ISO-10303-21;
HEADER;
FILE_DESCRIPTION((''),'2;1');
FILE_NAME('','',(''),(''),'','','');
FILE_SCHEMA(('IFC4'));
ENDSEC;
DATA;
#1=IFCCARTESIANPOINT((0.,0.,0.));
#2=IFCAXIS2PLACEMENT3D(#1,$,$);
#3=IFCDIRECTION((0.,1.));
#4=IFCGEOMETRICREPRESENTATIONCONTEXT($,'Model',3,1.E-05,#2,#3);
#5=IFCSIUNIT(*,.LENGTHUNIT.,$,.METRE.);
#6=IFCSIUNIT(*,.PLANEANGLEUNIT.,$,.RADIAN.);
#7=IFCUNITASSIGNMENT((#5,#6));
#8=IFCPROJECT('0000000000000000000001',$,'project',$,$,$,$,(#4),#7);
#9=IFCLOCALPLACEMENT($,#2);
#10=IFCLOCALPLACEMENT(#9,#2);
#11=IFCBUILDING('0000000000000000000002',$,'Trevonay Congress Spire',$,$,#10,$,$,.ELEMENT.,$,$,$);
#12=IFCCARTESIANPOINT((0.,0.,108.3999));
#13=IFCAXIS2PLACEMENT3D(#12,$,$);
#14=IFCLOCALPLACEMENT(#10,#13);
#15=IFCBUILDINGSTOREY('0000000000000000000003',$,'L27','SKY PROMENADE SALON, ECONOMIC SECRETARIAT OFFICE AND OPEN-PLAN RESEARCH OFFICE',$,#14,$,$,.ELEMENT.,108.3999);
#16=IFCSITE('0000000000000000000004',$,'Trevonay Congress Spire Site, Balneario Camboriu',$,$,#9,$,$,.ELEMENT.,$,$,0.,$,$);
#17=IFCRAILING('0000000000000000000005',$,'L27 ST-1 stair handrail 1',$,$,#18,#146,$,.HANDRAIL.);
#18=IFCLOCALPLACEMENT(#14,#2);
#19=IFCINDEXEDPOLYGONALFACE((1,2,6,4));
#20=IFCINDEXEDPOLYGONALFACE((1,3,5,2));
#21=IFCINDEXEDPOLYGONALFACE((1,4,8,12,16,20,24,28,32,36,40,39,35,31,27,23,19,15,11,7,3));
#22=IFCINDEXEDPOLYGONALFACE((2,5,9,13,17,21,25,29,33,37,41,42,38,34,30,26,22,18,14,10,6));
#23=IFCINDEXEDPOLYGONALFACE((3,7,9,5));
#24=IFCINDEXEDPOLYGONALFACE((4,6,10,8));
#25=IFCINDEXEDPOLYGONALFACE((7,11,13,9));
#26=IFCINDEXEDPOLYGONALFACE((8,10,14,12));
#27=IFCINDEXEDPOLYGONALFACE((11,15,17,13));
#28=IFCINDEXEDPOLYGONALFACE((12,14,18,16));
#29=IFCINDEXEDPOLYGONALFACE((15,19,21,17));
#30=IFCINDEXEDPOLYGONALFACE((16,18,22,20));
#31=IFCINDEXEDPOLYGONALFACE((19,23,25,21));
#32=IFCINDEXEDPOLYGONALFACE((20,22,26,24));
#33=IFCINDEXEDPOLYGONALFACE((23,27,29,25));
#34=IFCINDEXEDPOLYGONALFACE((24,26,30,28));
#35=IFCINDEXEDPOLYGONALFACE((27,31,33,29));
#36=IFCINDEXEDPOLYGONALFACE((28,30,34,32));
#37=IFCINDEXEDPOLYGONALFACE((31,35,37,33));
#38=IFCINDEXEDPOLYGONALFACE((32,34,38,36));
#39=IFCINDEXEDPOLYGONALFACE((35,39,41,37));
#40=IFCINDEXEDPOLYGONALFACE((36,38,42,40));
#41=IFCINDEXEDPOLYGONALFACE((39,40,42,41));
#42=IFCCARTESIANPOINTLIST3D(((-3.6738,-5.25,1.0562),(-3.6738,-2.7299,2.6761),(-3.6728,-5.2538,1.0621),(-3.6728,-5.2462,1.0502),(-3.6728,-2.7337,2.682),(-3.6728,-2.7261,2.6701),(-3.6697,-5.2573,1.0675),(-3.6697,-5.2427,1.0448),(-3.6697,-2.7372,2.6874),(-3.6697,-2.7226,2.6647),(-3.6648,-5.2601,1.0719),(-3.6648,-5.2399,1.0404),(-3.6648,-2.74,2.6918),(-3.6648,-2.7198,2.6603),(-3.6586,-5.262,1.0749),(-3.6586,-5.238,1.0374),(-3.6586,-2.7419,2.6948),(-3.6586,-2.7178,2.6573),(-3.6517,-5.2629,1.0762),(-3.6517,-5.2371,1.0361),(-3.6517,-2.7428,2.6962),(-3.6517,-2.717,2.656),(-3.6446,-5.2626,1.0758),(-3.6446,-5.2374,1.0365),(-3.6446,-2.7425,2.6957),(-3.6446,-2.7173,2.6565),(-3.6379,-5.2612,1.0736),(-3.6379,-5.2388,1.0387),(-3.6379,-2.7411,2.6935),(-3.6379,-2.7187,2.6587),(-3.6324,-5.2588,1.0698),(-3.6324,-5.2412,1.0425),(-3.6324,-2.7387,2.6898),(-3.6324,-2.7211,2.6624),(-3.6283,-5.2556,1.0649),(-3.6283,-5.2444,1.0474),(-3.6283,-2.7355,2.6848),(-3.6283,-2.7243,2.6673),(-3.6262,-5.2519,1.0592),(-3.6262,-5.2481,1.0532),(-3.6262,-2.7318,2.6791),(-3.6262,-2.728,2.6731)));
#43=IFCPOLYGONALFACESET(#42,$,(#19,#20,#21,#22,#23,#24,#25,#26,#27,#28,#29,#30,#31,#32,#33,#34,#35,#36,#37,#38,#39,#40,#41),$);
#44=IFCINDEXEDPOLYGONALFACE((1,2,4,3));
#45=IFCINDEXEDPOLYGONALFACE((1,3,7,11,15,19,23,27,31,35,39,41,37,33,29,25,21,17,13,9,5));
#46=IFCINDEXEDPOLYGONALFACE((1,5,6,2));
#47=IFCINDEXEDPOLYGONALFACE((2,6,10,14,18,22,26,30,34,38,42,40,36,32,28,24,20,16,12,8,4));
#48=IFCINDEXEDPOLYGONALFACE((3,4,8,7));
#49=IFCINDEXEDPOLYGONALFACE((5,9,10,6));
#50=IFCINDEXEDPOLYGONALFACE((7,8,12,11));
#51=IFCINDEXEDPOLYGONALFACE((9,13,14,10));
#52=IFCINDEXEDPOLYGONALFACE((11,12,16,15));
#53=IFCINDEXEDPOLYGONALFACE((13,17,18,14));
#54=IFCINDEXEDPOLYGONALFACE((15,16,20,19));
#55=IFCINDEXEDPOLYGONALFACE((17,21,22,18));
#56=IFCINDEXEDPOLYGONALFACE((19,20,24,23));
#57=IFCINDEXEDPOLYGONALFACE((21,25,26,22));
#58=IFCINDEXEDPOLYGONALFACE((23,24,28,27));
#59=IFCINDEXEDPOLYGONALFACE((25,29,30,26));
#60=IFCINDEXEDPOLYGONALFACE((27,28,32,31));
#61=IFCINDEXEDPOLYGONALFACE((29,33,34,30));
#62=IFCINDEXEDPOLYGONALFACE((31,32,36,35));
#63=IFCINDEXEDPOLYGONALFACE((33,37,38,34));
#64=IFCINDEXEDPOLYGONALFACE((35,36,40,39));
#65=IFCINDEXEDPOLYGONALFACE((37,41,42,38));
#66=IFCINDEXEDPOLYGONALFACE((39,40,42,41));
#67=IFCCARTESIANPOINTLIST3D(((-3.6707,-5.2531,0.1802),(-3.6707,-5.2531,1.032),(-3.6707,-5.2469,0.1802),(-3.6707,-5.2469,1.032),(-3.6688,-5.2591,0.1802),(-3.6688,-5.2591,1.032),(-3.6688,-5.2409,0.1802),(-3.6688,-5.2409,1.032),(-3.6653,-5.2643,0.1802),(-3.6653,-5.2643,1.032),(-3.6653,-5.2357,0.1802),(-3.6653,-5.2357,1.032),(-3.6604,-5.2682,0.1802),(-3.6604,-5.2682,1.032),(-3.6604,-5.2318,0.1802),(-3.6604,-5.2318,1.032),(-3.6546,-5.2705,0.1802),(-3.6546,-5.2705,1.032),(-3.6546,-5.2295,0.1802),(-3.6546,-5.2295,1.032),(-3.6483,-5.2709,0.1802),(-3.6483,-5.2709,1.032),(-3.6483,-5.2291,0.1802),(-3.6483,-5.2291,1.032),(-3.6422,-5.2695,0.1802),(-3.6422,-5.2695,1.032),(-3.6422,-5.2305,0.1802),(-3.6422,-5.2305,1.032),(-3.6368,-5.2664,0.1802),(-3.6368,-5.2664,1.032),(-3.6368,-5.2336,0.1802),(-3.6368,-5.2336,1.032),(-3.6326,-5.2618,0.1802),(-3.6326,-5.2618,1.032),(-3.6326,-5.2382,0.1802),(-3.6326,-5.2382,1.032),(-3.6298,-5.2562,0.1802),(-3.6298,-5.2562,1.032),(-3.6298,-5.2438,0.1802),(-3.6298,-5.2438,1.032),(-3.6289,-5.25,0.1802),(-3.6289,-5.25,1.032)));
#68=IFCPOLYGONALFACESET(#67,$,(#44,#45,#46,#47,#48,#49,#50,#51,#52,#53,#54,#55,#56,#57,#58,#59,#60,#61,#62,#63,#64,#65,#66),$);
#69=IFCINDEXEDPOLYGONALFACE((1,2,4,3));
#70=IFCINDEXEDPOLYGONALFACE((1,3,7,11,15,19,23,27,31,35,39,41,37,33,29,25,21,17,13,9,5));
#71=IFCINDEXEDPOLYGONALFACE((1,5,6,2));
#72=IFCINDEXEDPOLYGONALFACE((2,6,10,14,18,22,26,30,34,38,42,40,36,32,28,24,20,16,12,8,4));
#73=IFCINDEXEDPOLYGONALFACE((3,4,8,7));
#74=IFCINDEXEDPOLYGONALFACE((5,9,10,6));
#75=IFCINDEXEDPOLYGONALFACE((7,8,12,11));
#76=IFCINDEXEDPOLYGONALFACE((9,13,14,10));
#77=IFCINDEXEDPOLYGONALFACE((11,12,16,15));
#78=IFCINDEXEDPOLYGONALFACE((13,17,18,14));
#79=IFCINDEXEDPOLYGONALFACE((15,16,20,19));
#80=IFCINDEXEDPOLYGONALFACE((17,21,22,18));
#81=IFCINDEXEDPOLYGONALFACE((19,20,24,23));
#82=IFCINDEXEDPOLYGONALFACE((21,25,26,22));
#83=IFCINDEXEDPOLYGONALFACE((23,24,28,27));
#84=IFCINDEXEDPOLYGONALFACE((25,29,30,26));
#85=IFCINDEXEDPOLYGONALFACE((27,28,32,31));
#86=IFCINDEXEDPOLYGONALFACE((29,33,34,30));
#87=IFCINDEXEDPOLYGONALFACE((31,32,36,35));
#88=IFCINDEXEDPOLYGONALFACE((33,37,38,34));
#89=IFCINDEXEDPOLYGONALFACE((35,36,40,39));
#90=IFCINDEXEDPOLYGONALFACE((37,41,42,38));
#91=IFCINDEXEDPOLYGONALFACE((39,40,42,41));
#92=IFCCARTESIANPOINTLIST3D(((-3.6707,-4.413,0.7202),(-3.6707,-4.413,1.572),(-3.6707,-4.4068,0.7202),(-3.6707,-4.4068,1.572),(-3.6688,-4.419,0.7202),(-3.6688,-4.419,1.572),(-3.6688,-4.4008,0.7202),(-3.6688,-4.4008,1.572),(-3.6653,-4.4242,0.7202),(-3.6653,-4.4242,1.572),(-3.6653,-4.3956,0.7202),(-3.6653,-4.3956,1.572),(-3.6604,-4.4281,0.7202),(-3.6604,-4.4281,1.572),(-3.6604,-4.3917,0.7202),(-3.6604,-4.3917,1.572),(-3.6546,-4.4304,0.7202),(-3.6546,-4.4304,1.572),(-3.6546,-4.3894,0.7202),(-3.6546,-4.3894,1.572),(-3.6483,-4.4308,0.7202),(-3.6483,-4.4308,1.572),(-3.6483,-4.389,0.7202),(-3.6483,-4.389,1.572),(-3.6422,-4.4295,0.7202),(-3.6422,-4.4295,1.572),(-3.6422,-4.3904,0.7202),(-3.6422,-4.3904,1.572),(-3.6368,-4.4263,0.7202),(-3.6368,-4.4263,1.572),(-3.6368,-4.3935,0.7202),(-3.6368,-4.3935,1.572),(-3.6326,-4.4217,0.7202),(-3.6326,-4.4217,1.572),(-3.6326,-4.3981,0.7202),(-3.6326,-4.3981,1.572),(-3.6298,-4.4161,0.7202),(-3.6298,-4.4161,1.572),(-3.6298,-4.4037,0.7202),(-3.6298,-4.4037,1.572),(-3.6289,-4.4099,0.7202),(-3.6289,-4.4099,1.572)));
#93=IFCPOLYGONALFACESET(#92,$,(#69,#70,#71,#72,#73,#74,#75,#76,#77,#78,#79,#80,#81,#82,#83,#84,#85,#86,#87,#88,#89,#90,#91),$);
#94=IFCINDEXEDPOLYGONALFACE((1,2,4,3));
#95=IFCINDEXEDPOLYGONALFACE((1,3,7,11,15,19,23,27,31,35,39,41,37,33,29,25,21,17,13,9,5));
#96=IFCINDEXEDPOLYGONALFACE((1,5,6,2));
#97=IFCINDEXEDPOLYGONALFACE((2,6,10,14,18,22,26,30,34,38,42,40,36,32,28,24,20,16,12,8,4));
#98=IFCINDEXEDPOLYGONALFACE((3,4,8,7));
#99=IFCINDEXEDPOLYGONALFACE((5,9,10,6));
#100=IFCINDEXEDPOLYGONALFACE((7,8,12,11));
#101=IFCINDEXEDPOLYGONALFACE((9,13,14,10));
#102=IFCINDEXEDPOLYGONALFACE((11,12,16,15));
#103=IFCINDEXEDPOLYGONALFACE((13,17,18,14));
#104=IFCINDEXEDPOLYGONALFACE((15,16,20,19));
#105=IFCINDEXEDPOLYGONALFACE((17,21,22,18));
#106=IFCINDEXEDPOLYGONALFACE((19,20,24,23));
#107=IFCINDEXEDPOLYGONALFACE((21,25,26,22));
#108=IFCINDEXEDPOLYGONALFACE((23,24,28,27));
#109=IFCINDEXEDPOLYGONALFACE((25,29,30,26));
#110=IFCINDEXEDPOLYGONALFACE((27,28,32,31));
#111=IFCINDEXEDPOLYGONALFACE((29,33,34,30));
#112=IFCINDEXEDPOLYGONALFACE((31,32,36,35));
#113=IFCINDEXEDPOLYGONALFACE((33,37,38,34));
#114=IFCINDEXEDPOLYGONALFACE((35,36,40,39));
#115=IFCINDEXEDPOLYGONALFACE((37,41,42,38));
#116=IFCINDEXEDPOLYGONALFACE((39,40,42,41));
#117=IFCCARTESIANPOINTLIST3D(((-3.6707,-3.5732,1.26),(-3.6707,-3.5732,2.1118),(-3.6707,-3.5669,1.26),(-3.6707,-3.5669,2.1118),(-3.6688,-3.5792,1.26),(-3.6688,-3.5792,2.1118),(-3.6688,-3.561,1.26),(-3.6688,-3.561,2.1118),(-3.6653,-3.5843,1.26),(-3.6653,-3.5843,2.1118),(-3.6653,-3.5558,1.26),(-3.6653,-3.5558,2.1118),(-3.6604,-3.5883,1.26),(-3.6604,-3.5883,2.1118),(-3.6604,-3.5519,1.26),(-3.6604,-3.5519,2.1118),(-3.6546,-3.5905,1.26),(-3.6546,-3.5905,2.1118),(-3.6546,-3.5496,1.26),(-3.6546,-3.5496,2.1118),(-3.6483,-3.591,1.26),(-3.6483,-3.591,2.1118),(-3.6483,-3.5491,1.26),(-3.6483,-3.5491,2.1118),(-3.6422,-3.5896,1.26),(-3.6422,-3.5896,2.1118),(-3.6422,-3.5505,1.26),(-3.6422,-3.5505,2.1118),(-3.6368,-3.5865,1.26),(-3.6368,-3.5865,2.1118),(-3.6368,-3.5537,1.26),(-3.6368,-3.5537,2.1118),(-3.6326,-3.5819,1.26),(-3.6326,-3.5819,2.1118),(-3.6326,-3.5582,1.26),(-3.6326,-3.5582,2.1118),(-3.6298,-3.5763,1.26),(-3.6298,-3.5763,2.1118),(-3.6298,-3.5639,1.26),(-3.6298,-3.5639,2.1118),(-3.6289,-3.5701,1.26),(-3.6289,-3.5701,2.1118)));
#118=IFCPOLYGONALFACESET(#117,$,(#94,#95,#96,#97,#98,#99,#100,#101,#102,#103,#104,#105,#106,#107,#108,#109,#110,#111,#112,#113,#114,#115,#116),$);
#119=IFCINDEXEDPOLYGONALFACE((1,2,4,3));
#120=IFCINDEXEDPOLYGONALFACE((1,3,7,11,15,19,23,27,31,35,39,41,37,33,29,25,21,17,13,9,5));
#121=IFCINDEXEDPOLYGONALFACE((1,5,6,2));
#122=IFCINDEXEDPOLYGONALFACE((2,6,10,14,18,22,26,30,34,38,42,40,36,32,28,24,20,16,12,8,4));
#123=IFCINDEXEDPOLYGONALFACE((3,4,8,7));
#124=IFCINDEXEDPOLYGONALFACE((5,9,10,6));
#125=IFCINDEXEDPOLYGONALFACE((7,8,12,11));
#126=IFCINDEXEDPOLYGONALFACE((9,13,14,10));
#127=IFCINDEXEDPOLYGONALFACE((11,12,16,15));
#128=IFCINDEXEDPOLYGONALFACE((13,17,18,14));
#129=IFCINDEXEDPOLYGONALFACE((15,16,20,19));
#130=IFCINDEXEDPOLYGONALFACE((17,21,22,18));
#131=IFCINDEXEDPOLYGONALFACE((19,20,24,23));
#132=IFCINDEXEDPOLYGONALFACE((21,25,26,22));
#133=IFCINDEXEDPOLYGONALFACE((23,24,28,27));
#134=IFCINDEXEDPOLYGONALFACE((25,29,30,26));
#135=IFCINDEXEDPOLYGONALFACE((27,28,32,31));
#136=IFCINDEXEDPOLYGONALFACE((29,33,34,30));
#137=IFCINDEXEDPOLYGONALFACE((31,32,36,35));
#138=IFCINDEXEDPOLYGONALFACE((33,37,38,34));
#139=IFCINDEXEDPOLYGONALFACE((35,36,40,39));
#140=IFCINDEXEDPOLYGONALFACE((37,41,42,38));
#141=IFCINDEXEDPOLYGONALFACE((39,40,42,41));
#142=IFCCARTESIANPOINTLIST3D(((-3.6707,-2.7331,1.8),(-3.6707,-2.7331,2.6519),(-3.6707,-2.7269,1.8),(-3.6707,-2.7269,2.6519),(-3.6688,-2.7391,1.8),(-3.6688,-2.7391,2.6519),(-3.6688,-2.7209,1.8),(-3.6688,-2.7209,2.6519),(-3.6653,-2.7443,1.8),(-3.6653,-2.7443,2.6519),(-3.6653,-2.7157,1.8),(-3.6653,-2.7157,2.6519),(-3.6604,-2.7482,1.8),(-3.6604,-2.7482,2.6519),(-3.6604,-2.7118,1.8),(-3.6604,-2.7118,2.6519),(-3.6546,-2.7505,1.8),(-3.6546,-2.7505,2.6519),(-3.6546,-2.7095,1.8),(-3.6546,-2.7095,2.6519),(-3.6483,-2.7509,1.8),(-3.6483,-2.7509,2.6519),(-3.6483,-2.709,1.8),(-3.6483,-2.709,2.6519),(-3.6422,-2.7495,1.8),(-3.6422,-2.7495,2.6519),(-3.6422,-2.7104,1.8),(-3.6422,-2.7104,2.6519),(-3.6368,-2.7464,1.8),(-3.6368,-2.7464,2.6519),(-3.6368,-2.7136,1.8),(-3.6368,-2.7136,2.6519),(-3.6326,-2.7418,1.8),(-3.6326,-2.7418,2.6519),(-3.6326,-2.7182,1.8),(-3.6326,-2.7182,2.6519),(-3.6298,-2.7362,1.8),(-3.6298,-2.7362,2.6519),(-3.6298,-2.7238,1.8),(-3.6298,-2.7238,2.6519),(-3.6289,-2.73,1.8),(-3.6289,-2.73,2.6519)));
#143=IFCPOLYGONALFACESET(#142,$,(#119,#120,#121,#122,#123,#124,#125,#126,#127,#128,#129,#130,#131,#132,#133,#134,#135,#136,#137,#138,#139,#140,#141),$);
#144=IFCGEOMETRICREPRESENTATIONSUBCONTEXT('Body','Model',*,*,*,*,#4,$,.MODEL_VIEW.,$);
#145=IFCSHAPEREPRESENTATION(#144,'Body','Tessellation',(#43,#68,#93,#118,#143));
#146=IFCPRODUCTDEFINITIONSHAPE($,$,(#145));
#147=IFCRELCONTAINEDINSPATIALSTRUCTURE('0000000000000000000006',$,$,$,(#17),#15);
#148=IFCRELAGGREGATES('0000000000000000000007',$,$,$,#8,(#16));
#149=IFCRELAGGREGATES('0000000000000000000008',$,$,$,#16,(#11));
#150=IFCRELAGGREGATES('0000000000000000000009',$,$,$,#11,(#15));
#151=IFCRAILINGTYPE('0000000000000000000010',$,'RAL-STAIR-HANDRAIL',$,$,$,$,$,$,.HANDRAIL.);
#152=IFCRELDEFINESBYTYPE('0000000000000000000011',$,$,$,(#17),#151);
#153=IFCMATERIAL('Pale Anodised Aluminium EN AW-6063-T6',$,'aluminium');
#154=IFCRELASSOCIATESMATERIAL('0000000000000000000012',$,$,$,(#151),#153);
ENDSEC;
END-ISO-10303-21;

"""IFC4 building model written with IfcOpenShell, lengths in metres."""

from ifc_helpers import new_model, si_unit, direction, frame, origin, origin_2d, place, context, subcontext, project, spatial, circle, extrude, material, type_object, element, save


model = new_model("IFC4")

# Units and contexts
model_context = context("Model", 3, precision=1e-05, world=origin(), true_north=direction((0.0, 1.0)))
body_context = subcontext(model_context, "Body", "Model", "MODEL_VIEW")
ifc_project = project(units=[si_unit("LENGTHUNIT", "METRE"), si_unit("PLANEANGLEUNIT", "RADIAN")], contexts=[model_context])

# Site, building, storey
site_placement = place(None, origin())
site = spatial("IfcSite", under=ifc_project, at=site_placement, Name="Trevonay Congress Spire Site, Balneario Camboriu", CompositionType="ELEMENT", RefElevation=0.0)
building_placement = place(site_placement, origin())
building = spatial("IfcBuilding", under=site, at=building_placement, Name="Trevonay Congress Spire", CompositionType="ELEMENT")
storey_placement = place(building_placement, frame((0.0, 0.0, 108.3999)))
storey = spatial("IfcBuildingStorey", under=building, at=storey_placement, Name="L27", Description="SKY PROMENADE SALON, ECONOMIC SECRETARIAT OFFICE AND OPEN-PLAN RESEARCH OFFICE", CompositionType="ELEMENT", Elevation=108.3999)

# Shared definitions
ifc_material_1 = material(Name="Pale Anodised Aluminium EN AW-6063-T6", Category="aluminium")

# Railing
railing_type_1 = type_object("IfcRailingType", Name="RAL-STAIR-HANDRAIL", PredefinedType="HANDRAIL", material=ifc_material_1)
railing_1_placement = place(storey_placement, frame((-3.6499, -5.25, 0.1802)))
element("IfcRailing", 1, at=railing_1_placement, inside=storey, type_object=railing_type_1, Name="L27 ST-1 stair handrail 1", PredefinedType="HANDRAIL", context=body_context, shape_type="SweptSolid", body=[
    extrude(circle(Radius=0.0239, at=origin_2d()), frame((0.0, 0.0, 0.876), z_axis=(0.0, 0.8412, 0.540725), x_axis=(-1.0, 0.0, 0.0)), (0.0, 0.0, 1.0), 2.9958),
    extrude(circle(Radius=0.021, at=origin_2d()), origin(), (0.0, 0.0, 1.0), 0.8518),
    extrude(circle(Radius=0.021, at=origin_2d()), frame((0.0, 0.8401, 0.54)), (0.0, 0.0, 1.0), 0.8518),
    extrude(circle(Radius=0.021, at=origin_2d()), frame((0.0, 1.6799, 1.0798)), (0.0, 0.0, 1.0), 0.8518),
    extrude(circle(Radius=0.021, at=origin_2d()), frame((0.0, 2.52, 1.6199)), (0.0, 0.0, 1.0), 0.8518),
])

save(model, "model.ifc")
